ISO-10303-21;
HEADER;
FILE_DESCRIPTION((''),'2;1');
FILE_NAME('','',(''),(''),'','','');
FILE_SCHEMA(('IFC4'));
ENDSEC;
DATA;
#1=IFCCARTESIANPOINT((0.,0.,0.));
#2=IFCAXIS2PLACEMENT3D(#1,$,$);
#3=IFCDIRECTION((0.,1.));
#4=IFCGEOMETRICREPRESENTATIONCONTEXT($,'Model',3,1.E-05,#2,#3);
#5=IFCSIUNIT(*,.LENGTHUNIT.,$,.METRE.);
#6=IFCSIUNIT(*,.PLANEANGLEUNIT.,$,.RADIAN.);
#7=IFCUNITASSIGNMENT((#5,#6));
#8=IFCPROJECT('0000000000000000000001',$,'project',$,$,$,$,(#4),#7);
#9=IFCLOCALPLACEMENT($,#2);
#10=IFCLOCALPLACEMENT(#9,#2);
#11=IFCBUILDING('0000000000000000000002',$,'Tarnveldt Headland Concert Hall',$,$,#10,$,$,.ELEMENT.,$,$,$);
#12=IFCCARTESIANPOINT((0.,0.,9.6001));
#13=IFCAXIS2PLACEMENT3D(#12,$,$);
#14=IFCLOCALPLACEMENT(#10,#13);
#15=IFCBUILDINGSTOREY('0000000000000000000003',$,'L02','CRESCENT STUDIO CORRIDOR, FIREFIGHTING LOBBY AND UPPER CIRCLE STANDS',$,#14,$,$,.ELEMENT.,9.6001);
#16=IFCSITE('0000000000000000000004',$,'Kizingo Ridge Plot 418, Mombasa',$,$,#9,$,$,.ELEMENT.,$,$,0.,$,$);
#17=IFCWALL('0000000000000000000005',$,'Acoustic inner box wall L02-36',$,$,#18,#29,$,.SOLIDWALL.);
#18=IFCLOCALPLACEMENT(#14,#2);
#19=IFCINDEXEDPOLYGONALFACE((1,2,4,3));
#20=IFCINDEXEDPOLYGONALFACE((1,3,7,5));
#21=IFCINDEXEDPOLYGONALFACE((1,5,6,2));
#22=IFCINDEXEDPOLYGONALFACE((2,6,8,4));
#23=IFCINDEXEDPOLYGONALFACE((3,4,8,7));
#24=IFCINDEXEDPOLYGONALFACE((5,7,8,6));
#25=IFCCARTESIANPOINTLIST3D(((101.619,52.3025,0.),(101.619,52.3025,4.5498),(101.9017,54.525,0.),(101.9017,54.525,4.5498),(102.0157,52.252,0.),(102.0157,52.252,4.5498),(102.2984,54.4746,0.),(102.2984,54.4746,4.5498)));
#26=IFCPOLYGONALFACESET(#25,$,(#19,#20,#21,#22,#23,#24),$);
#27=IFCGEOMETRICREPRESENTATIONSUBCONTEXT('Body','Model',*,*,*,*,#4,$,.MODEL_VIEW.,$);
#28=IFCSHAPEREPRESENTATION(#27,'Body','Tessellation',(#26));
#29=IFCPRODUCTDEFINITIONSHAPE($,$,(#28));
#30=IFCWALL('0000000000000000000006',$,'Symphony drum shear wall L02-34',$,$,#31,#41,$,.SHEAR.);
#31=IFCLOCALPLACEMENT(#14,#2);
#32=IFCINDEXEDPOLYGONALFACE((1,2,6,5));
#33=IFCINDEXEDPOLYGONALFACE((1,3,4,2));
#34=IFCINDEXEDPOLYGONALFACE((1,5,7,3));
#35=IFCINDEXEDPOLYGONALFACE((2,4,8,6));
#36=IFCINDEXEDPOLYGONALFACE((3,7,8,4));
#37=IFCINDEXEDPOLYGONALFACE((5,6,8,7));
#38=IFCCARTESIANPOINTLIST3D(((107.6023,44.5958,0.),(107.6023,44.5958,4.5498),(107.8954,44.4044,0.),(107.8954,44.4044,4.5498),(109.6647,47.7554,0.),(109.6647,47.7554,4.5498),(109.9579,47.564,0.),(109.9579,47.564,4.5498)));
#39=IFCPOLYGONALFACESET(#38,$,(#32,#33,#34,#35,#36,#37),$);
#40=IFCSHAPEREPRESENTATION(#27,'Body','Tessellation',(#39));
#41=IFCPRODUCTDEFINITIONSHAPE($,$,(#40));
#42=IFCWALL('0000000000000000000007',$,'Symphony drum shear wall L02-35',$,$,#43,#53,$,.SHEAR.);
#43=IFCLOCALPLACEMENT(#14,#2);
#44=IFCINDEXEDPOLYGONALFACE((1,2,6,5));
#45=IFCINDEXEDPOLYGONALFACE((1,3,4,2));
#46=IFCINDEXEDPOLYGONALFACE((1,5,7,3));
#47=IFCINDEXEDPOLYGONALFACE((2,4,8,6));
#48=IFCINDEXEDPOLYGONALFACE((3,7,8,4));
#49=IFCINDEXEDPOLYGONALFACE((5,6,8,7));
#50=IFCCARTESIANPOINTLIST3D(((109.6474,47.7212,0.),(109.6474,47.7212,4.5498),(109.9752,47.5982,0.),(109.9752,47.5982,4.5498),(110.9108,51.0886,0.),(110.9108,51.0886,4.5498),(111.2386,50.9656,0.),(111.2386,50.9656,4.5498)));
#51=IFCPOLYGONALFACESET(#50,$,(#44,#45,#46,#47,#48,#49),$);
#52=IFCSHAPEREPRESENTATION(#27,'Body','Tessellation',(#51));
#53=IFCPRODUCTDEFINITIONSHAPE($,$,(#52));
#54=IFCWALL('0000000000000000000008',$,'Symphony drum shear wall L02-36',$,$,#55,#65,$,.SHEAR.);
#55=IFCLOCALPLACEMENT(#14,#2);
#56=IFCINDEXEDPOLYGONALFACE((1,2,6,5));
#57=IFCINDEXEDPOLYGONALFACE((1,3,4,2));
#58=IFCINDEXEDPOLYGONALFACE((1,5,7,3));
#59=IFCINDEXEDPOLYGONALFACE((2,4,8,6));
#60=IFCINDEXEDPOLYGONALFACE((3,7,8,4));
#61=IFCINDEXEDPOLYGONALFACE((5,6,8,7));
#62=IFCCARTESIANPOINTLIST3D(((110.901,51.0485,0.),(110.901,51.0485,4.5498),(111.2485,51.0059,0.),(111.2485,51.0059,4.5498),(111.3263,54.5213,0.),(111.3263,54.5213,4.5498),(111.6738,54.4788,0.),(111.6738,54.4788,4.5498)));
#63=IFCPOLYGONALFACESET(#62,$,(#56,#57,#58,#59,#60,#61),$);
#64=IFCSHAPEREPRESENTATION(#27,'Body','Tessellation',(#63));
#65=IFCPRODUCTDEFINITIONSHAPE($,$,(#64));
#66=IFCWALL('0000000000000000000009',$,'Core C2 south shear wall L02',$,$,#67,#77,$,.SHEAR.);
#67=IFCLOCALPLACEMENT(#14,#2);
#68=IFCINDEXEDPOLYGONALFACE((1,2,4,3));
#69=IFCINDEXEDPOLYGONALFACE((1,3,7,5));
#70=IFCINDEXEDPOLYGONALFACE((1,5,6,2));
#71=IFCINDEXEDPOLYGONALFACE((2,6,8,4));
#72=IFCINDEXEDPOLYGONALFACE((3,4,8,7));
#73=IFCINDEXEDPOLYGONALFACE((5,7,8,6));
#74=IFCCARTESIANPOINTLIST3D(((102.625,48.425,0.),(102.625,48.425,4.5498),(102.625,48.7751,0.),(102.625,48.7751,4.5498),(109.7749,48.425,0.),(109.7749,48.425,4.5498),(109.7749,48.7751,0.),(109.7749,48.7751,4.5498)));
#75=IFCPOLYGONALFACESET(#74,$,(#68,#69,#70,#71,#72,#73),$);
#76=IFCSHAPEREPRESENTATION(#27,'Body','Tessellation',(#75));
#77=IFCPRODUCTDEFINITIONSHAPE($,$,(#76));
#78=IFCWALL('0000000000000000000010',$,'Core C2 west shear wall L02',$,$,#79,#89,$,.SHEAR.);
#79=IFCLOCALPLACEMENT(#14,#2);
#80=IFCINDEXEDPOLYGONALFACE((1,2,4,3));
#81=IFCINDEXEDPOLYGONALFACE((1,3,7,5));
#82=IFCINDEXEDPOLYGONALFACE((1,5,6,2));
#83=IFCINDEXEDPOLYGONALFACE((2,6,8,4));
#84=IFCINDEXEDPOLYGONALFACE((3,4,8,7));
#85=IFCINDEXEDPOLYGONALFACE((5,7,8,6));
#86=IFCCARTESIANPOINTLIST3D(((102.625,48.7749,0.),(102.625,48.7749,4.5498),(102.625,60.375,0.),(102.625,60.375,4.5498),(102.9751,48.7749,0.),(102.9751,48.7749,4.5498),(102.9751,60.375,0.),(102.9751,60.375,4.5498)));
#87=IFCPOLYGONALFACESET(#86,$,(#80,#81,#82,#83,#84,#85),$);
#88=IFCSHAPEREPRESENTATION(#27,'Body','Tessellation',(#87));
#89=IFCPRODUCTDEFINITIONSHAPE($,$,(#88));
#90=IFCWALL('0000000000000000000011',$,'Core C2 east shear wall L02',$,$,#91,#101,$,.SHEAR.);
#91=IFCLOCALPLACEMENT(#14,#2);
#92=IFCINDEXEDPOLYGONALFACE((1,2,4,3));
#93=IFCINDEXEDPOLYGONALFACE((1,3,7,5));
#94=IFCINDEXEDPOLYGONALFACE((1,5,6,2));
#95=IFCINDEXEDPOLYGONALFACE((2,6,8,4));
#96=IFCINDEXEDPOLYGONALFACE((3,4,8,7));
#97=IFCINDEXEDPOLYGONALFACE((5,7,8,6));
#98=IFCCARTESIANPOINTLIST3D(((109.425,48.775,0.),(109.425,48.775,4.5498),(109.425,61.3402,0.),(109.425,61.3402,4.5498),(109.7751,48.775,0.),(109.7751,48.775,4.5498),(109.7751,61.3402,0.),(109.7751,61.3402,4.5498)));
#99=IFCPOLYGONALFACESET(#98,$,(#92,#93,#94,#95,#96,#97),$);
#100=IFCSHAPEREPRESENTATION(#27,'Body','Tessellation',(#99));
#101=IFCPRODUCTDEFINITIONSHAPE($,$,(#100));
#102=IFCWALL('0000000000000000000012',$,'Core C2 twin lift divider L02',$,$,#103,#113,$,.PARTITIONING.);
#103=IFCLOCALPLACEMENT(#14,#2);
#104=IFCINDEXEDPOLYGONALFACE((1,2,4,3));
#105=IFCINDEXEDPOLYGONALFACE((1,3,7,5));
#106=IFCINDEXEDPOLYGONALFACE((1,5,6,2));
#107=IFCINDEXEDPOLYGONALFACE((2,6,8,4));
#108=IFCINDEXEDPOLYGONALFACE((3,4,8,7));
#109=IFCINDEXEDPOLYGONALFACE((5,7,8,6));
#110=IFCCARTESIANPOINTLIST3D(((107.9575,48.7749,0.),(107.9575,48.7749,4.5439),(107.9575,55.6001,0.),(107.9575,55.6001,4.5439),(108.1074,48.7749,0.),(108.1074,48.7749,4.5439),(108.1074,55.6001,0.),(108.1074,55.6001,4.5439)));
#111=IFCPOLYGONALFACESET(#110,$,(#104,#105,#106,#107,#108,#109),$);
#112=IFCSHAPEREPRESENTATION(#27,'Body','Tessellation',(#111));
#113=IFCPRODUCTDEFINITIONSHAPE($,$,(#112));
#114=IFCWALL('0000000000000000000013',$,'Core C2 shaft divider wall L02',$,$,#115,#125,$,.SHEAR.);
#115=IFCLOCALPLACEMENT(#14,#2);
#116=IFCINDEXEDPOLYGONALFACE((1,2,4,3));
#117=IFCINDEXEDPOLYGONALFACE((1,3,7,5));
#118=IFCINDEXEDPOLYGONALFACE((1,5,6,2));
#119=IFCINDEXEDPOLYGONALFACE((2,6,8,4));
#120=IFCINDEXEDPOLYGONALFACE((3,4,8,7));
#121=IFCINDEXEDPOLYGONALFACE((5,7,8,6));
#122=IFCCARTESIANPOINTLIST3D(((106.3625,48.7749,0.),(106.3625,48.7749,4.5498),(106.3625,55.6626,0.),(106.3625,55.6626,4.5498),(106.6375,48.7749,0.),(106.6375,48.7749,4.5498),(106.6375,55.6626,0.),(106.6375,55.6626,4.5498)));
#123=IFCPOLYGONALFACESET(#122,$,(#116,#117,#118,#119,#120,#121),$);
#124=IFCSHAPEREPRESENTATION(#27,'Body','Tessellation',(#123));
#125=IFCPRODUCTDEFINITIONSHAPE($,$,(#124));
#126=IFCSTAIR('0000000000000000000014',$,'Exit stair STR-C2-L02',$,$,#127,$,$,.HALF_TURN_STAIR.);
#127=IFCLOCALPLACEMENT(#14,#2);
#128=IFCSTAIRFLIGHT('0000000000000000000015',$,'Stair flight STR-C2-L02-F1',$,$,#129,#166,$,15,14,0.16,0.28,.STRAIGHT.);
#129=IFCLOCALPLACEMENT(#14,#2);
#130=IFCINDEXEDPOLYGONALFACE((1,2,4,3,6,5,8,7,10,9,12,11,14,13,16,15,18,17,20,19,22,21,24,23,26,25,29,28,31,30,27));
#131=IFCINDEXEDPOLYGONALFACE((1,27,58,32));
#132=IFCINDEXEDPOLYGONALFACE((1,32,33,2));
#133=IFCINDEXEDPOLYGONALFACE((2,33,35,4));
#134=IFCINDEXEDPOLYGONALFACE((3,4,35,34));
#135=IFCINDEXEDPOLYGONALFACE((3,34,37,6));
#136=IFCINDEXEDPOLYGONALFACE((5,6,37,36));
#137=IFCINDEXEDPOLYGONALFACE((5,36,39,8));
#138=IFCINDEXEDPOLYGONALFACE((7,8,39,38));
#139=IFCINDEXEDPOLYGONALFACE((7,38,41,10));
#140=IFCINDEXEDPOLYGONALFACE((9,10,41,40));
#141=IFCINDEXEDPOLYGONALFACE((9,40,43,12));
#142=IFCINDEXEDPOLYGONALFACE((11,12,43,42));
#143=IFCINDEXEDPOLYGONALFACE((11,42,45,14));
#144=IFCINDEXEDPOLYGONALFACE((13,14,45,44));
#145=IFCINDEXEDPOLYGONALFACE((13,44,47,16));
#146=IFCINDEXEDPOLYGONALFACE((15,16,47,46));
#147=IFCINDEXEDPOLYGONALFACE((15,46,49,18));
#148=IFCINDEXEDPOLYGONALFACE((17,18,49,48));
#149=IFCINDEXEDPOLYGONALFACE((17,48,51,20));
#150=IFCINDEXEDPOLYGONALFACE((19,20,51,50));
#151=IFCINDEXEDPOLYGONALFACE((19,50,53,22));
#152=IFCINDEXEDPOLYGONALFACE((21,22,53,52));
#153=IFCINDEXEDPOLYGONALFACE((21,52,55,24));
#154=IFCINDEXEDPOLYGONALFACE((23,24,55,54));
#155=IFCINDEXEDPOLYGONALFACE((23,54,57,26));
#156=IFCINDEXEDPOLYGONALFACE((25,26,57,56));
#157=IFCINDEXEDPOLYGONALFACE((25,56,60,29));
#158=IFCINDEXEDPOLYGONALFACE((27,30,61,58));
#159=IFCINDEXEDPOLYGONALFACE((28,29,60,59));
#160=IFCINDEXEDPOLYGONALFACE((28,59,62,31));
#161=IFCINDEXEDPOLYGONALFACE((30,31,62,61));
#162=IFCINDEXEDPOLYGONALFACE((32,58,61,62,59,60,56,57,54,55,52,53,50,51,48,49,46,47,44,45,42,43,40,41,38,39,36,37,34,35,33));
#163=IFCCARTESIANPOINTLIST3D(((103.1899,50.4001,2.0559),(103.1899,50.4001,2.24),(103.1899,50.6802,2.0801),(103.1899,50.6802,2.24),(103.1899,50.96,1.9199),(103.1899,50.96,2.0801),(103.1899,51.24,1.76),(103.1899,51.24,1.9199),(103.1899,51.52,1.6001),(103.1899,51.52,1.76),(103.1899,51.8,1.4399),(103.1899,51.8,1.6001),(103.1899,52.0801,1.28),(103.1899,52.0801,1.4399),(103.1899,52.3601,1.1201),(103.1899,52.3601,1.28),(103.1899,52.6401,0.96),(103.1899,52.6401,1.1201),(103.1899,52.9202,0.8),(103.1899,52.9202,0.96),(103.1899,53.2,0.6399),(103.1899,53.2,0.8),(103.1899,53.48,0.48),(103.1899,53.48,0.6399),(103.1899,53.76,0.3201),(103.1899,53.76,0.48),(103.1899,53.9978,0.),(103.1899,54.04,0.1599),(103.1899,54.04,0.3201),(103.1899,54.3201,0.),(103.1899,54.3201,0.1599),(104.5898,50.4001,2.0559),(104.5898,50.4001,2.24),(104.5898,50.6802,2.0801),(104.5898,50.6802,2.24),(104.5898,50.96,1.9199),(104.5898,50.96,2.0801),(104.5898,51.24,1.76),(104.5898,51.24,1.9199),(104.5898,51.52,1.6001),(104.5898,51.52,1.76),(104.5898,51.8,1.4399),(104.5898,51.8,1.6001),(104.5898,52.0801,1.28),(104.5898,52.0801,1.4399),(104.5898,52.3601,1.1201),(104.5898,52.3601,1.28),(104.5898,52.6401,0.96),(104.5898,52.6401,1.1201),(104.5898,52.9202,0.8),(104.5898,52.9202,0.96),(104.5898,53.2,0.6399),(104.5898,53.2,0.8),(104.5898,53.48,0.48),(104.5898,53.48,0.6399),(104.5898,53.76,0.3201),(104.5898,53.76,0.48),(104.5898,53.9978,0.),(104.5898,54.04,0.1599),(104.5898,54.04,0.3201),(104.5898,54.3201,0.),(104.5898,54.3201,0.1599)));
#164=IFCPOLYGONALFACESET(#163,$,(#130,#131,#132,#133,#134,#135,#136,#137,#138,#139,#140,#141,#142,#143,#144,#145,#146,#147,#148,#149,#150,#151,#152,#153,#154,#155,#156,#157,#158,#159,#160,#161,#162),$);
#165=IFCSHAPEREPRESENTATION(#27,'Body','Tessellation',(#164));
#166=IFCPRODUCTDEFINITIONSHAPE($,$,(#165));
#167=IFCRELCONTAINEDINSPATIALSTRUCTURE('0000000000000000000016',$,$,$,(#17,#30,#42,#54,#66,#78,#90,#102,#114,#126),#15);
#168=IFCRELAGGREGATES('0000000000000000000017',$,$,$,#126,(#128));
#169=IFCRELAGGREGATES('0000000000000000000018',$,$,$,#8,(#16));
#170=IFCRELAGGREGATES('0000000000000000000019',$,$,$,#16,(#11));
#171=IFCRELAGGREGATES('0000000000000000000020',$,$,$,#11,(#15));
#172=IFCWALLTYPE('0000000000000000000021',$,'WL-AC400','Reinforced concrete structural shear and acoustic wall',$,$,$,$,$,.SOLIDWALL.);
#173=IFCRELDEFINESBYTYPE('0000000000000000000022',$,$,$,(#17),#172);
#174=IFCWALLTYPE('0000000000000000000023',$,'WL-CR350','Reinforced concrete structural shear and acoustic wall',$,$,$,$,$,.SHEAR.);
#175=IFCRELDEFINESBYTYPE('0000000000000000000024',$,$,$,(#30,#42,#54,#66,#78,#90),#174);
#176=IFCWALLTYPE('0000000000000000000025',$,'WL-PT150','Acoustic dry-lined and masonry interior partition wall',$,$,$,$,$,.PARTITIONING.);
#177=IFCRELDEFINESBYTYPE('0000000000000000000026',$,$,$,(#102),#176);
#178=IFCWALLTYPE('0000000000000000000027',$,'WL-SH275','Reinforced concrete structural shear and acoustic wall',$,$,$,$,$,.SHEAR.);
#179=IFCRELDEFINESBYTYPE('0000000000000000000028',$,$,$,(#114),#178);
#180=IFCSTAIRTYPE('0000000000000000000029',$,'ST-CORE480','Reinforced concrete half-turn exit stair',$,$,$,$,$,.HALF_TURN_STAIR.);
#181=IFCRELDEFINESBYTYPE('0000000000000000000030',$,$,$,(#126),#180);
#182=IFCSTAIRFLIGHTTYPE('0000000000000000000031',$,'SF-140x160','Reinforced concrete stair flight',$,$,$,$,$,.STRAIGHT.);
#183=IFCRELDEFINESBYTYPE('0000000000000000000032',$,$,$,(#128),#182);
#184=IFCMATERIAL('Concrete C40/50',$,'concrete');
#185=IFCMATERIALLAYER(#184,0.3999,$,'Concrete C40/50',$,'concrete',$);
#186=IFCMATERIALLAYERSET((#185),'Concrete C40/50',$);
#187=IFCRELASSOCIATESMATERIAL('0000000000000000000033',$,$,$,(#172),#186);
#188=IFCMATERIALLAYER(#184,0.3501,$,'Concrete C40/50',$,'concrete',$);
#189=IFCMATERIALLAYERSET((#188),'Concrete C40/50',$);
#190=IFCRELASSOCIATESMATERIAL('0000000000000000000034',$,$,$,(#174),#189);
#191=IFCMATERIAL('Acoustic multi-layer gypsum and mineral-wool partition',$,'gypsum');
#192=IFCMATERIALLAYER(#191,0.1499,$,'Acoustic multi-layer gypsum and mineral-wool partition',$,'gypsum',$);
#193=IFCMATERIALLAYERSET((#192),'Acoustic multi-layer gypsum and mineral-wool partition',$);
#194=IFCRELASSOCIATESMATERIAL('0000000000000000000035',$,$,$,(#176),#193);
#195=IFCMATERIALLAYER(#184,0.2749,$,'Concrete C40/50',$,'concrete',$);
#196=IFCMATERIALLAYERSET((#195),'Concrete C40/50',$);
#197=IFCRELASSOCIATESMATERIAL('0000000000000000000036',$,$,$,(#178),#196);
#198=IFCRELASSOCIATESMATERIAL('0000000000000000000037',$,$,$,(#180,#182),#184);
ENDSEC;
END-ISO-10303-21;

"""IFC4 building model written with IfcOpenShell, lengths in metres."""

from ifc_helpers import new_model, si_unit, direction, frame, frame_2d, origin, place, context, subcontext, project, spatial, polyline, rectangle, outline, extrude, material, layer, layer_set, type_object, element, aggregate, save


model = new_model("IFC4")

# Units and contexts
model_context = context("Model", 3, precision=1e-05, world=origin(), true_north=direction((0.0, 1.0)))
body_context = subcontext(model_context, "Body", "Model", "MODEL_VIEW")
ifc_project = project(units=[si_unit("LENGTHUNIT", "METRE"), si_unit("PLANEANGLEUNIT", "RADIAN")], contexts=[model_context])

# Site, building, storey
site_placement = place(None, origin())
site = spatial("IfcSite", under=ifc_project, at=site_placement, Name="Kizingo Ridge Plot 418, Mombasa", CompositionType="ELEMENT", RefElevation=0.0)
building_placement = place(site_placement, origin())
building = spatial("IfcBuilding", under=site, at=building_placement, Name="Tarnveldt Headland Concert Hall", CompositionType="ELEMENT")
storey_placement = place(building_placement, frame((0.0, 0.0, 9.6001)))
storey = spatial("IfcBuildingStorey", under=building, at=storey_placement, Name="L02", Description="CRESCENT STUDIO CORRIDOR, FIREFIGHTING LOBBY AND UPPER CIRCLE STANDS", CompositionType="ELEMENT", Elevation=9.6001)

# Shared definitions
ifc_material_1 = material(Name="Concrete C40/50", Category="concrete")

# Walls
ifc_layer_1 = layer(ifc_material_1, 0.3999, Name="Concrete C40/50", Category="concrete")
ifc_layer_set_1 = layer_set([ifc_layer_1], Name="Concrete C40/50")
wall_type_1 = type_object("IfcWallType", Name="WL-AC400", Description="Reinforced concrete structural shear and acoustic wall", PredefinedType="SOLIDWALL", material=ifc_layer_set_1)
wall_1_placement = place(storey_placement, frame((101.8174, 52.2773, 0.0), z_axis=(0.0, 0.0, 1.0), x_axis=(0.12618, 0.992007, 0.0)))
element("IfcWall", 1, at=wall_1_placement, inside=storey, type_object=wall_type_1, Name="Acoustic inner box wall L02-36", PredefinedType="SOLIDWALL", context=body_context, shape_type="SweptSolid", body=[
    extrude(rectangle(XDim=2.2405, YDim=0.3999, at=frame_2d((1.1201, 0.0))), origin(), (0.0, 0.0, 1.0), 4.5498),
])
ifc_layer_2 = layer(ifc_material_1, 0.3501, Name="Concrete C40/50", Category="concrete")
ifc_layer_set_2 = layer_set([ifc_layer_2], Name="Concrete C40/50")
wall_type_2 = type_object("IfcWallType", Name="WL-CR350", Description="Reinforced concrete structural shear and acoustic wall", PredefinedType="SHEAR", material=ifc_layer_set_2)
wall_2_placement = place(storey_placement, frame((107.7488, 44.5, 0.0), z_axis=(0.0, 0.0, 1.0), x_axis=(0.546611, 0.837387, 0.0)))
element("IfcWall", 2, at=wall_2_placement, inside=storey, type_object=wall_type_2, Name="Symphony drum shear wall L02-34", PredefinedType="SHEAR", context=body_context, shape_type="SweptSolid", body=[
    extrude(rectangle(XDim=3.7732, YDim=0.3501, at=frame_2d((1.8867, 0.0))), origin(), (0.0, 0.0, 1.0), 4.5498),
])
wall_3_placement = place(storey_placement, frame((109.8113, 47.6597, 0.0), z_axis=(0.0, 0.0, 1.0), x_axis=(0.35128, 0.936271, 0.0)))
element("IfcWall", 3, at=wall_3_placement, inside=storey, type_object=wall_type_2, Name="Symphony drum shear wall L02-35", PredefinedType="SHEAR", context=body_context, shape_type="SweptSolid", body=[
    extrude(rectangle(XDim=3.5967, YDim=0.3501, at=frame_2d((1.7983, 0.0))), origin(), (0.0, 0.0, 1.0), 4.5498),
])
wall_4_placement = place(storey_placement, frame((111.0747, 51.0271, 0.0), z_axis=(0.0, 0.0, 1.0), x_axis=(0.121552, 0.992585, 0.0)))
element("IfcWall", 4, at=wall_4_placement, inside=storey, type_object=wall_type_2, Name="Symphony drum shear wall L02-36", PredefinedType="SHEAR", context=body_context, shape_type="SweptSolid", body=[
    extrude(rectangle(XDim=3.4988, YDim=0.3501, at=frame_2d((1.7495, 0.0))), origin(), (0.0, 0.0, 1.0), 4.5498),
])
wall_5_placement = place(storey_placement, frame((102.625, 48.6001, 0.0), z_axis=(0.0, 0.0, 1.0), x_axis=(1.0, 0.0, 0.0)))
element("IfcWall", 5, at=wall_5_placement, inside=storey, type_object=wall_type_2, Name="Core C2 south shear wall L02", PredefinedType="SHEAR", context=body_context, shape_type="SweptSolid", body=[
    extrude(rectangle(XDim=7.1499, YDim=0.3501, at=frame_2d((3.575, 0.0))), origin(), (0.0, 0.0, 1.0), 4.5498),
])
wall_6_placement = place(storey_placement, frame((102.8, 48.7749, 0.0), z_axis=(0.0, 0.0, 1.0), x_axis=(0.0, 1.0, 0.0)))
element("IfcWall", 6, at=wall_6_placement, inside=storey, type_object=wall_type_2, Name="Core C2 west shear wall L02", PredefinedType="SHEAR", context=body_context, shape_type="SweptSolid", body=[
    extrude(rectangle(XDim=11.6001, YDim=0.3501, at=frame_2d((5.8, 0.0))), origin(), (0.0, 0.0, 1.0), 4.5498),
])
wall_7_placement = place(storey_placement, frame((109.6001, 48.7749, 0.0), z_axis=(0.0, 0.0, 1.0), x_axis=(0.0, 1.0, 0.0)))
element("IfcWall", 7, at=wall_7_placement, inside=storey, type_object=wall_type_2, Name="Core C2 east shear wall L02", PredefinedType="SHEAR", context=body_context, shape_type="SweptSolid", body=[
    extrude(rectangle(XDim=12.5652, YDim=0.3501, at=frame_2d((6.2827, 0.0))), origin(), (0.0, 0.0, 1.0), 4.5498),
])
ifc_material_2 = material(Name="Acoustic multi-layer gypsum and mineral-wool partition", Category="gypsum")
ifc_layer_3 = layer(ifc_material_2, 0.1499, Name="Acoustic multi-layer gypsum and mineral-wool partition", Category="gypsum")
ifc_layer_set_3 = layer_set([ifc_layer_3], Name="Acoustic multi-layer gypsum and mineral-wool partition")
wall_type_3 = type_object("IfcWallType", Name="WL-PT150", Description="Acoustic dry-lined and masonry interior partition wall", PredefinedType="PARTITIONING", material=ifc_layer_set_3)
wall_8_placement = place(storey_placement, frame((108.0325, 48.7749, 0.0), z_axis=(0.0, 0.0, 1.0), x_axis=(0.0, 1.0, 0.0)))
element("IfcWall", 8, at=wall_8_placement, inside=storey, type_object=wall_type_3, Name="Core C2 twin lift divider L02", PredefinedType="PARTITIONING", context=body_context, shape_type="SweptSolid", body=[
    extrude(rectangle(XDim=6.8252, YDim=0.1499, at=frame_2d((3.4126, 0.0))), origin(), (0.0, 0.0, 1.0), 4.5439),
])
ifc_layer_4 = layer(ifc_material_1, 0.2749, Name="Concrete C40/50", Category="concrete")
ifc_layer_set_4 = layer_set([ifc_layer_4], Name="Concrete C40/50")
wall_type_4 = type_object("IfcWallType", Name="WL-SH275", Description="Reinforced concrete structural shear and acoustic wall", PredefinedType="SHEAR", material=ifc_layer_set_4)
wall_9_placement = place(storey_placement, frame((106.5, 48.7749, 0.0), z_axis=(0.0, 0.0, 1.0), x_axis=(0.0, 1.0, 0.0)))
element("IfcWall", 9, at=wall_9_placement, inside=storey, type_object=wall_type_4, Name="Core C2 shaft divider wall L02", PredefinedType="SHEAR", context=body_context, shape_type="SweptSolid", body=[
    extrude(rectangle(XDim=6.8877, YDim=0.2749, at=frame_2d((3.4438, 0.0))), origin(), (0.0, 0.0, 1.0), 4.5498),
])

# Stair, stair flight
stair_type = type_object("IfcStairType", Name="ST-CORE480", Description="Reinforced concrete half-turn exit stair", PredefinedType="HALF_TURN_STAIR", material=ifc_material_1)
stair_placement = place(storey_placement, origin())
stair = element("IfcStair", 10, at=stair_placement, inside=storey, type_object=stair_type, Name="Exit stair STR-C2-L02", PredefinedType="HALF_TURN_STAIR")
stair_flight_type = type_object("IfcStairFlightType", Name="SF-140x160", Description="Reinforced concrete stair flight", PredefinedType="STRAIGHT", material=ifc_material_1)
stair_flight_1_placement = place(storey_placement, frame((103.8899, 54.3201, 0.0), z_axis=(0.0, 0.0, 1.0), x_axis=(0.0, -1.0, 0.0)))
stair_flight_1 = element("IfcStairFlight", 11, at=stair_flight_1_placement, type_object=stair_flight_type, Name="Stair flight STR-C2-L02-F1", NumberOfRisers=15, NumberOfTreads=14, PredefinedType="STRAIGHT", RiserHeight=0.16, TreadLength=0.28, context=body_context, shape_type="SweptSolid", body=[
    extrude(outline(polyline([(0.0, 0.0), (0.0, 0.1599), (0.28, 0.1599), (0.28, 0.3201), (0.5601, 0.3201), (0.5601, 0.48), (0.8401, 0.48), (0.8401, 0.6399), (1.1201, 0.6399), (1.1201, 0.8), (1.3999, 0.8), (1.3999, 0.96), (1.6799, 0.96), (1.6799, 1.1201), (1.96, 1.1201), (1.96, 1.28), (2.24, 1.28), (2.24, 1.4399), (2.52, 1.4399), (2.52, 1.6001), (2.8, 1.6001), (2.8, 1.76), (3.0801, 1.76), (3.0801, 1.9199), (3.3601, 1.9199), (3.3601, 2.0801), (3.6399, 2.0801), (3.6399, 2.24), (3.9199, 2.24), (3.9199, 2.3999), (3.9199, 2.0559), (0.3223, 0.0), (0.0, 0.0)])), frame((0.0, 0.7, 0.0), z_axis=(0.0, -1.0, 0.0), x_axis=(1.0, 0.0, 0.0)), (0.0, 0.0, 1.0), 1.3999),
])
aggregate(stair, [stair_flight_1])

save(model, "model.ifc")
